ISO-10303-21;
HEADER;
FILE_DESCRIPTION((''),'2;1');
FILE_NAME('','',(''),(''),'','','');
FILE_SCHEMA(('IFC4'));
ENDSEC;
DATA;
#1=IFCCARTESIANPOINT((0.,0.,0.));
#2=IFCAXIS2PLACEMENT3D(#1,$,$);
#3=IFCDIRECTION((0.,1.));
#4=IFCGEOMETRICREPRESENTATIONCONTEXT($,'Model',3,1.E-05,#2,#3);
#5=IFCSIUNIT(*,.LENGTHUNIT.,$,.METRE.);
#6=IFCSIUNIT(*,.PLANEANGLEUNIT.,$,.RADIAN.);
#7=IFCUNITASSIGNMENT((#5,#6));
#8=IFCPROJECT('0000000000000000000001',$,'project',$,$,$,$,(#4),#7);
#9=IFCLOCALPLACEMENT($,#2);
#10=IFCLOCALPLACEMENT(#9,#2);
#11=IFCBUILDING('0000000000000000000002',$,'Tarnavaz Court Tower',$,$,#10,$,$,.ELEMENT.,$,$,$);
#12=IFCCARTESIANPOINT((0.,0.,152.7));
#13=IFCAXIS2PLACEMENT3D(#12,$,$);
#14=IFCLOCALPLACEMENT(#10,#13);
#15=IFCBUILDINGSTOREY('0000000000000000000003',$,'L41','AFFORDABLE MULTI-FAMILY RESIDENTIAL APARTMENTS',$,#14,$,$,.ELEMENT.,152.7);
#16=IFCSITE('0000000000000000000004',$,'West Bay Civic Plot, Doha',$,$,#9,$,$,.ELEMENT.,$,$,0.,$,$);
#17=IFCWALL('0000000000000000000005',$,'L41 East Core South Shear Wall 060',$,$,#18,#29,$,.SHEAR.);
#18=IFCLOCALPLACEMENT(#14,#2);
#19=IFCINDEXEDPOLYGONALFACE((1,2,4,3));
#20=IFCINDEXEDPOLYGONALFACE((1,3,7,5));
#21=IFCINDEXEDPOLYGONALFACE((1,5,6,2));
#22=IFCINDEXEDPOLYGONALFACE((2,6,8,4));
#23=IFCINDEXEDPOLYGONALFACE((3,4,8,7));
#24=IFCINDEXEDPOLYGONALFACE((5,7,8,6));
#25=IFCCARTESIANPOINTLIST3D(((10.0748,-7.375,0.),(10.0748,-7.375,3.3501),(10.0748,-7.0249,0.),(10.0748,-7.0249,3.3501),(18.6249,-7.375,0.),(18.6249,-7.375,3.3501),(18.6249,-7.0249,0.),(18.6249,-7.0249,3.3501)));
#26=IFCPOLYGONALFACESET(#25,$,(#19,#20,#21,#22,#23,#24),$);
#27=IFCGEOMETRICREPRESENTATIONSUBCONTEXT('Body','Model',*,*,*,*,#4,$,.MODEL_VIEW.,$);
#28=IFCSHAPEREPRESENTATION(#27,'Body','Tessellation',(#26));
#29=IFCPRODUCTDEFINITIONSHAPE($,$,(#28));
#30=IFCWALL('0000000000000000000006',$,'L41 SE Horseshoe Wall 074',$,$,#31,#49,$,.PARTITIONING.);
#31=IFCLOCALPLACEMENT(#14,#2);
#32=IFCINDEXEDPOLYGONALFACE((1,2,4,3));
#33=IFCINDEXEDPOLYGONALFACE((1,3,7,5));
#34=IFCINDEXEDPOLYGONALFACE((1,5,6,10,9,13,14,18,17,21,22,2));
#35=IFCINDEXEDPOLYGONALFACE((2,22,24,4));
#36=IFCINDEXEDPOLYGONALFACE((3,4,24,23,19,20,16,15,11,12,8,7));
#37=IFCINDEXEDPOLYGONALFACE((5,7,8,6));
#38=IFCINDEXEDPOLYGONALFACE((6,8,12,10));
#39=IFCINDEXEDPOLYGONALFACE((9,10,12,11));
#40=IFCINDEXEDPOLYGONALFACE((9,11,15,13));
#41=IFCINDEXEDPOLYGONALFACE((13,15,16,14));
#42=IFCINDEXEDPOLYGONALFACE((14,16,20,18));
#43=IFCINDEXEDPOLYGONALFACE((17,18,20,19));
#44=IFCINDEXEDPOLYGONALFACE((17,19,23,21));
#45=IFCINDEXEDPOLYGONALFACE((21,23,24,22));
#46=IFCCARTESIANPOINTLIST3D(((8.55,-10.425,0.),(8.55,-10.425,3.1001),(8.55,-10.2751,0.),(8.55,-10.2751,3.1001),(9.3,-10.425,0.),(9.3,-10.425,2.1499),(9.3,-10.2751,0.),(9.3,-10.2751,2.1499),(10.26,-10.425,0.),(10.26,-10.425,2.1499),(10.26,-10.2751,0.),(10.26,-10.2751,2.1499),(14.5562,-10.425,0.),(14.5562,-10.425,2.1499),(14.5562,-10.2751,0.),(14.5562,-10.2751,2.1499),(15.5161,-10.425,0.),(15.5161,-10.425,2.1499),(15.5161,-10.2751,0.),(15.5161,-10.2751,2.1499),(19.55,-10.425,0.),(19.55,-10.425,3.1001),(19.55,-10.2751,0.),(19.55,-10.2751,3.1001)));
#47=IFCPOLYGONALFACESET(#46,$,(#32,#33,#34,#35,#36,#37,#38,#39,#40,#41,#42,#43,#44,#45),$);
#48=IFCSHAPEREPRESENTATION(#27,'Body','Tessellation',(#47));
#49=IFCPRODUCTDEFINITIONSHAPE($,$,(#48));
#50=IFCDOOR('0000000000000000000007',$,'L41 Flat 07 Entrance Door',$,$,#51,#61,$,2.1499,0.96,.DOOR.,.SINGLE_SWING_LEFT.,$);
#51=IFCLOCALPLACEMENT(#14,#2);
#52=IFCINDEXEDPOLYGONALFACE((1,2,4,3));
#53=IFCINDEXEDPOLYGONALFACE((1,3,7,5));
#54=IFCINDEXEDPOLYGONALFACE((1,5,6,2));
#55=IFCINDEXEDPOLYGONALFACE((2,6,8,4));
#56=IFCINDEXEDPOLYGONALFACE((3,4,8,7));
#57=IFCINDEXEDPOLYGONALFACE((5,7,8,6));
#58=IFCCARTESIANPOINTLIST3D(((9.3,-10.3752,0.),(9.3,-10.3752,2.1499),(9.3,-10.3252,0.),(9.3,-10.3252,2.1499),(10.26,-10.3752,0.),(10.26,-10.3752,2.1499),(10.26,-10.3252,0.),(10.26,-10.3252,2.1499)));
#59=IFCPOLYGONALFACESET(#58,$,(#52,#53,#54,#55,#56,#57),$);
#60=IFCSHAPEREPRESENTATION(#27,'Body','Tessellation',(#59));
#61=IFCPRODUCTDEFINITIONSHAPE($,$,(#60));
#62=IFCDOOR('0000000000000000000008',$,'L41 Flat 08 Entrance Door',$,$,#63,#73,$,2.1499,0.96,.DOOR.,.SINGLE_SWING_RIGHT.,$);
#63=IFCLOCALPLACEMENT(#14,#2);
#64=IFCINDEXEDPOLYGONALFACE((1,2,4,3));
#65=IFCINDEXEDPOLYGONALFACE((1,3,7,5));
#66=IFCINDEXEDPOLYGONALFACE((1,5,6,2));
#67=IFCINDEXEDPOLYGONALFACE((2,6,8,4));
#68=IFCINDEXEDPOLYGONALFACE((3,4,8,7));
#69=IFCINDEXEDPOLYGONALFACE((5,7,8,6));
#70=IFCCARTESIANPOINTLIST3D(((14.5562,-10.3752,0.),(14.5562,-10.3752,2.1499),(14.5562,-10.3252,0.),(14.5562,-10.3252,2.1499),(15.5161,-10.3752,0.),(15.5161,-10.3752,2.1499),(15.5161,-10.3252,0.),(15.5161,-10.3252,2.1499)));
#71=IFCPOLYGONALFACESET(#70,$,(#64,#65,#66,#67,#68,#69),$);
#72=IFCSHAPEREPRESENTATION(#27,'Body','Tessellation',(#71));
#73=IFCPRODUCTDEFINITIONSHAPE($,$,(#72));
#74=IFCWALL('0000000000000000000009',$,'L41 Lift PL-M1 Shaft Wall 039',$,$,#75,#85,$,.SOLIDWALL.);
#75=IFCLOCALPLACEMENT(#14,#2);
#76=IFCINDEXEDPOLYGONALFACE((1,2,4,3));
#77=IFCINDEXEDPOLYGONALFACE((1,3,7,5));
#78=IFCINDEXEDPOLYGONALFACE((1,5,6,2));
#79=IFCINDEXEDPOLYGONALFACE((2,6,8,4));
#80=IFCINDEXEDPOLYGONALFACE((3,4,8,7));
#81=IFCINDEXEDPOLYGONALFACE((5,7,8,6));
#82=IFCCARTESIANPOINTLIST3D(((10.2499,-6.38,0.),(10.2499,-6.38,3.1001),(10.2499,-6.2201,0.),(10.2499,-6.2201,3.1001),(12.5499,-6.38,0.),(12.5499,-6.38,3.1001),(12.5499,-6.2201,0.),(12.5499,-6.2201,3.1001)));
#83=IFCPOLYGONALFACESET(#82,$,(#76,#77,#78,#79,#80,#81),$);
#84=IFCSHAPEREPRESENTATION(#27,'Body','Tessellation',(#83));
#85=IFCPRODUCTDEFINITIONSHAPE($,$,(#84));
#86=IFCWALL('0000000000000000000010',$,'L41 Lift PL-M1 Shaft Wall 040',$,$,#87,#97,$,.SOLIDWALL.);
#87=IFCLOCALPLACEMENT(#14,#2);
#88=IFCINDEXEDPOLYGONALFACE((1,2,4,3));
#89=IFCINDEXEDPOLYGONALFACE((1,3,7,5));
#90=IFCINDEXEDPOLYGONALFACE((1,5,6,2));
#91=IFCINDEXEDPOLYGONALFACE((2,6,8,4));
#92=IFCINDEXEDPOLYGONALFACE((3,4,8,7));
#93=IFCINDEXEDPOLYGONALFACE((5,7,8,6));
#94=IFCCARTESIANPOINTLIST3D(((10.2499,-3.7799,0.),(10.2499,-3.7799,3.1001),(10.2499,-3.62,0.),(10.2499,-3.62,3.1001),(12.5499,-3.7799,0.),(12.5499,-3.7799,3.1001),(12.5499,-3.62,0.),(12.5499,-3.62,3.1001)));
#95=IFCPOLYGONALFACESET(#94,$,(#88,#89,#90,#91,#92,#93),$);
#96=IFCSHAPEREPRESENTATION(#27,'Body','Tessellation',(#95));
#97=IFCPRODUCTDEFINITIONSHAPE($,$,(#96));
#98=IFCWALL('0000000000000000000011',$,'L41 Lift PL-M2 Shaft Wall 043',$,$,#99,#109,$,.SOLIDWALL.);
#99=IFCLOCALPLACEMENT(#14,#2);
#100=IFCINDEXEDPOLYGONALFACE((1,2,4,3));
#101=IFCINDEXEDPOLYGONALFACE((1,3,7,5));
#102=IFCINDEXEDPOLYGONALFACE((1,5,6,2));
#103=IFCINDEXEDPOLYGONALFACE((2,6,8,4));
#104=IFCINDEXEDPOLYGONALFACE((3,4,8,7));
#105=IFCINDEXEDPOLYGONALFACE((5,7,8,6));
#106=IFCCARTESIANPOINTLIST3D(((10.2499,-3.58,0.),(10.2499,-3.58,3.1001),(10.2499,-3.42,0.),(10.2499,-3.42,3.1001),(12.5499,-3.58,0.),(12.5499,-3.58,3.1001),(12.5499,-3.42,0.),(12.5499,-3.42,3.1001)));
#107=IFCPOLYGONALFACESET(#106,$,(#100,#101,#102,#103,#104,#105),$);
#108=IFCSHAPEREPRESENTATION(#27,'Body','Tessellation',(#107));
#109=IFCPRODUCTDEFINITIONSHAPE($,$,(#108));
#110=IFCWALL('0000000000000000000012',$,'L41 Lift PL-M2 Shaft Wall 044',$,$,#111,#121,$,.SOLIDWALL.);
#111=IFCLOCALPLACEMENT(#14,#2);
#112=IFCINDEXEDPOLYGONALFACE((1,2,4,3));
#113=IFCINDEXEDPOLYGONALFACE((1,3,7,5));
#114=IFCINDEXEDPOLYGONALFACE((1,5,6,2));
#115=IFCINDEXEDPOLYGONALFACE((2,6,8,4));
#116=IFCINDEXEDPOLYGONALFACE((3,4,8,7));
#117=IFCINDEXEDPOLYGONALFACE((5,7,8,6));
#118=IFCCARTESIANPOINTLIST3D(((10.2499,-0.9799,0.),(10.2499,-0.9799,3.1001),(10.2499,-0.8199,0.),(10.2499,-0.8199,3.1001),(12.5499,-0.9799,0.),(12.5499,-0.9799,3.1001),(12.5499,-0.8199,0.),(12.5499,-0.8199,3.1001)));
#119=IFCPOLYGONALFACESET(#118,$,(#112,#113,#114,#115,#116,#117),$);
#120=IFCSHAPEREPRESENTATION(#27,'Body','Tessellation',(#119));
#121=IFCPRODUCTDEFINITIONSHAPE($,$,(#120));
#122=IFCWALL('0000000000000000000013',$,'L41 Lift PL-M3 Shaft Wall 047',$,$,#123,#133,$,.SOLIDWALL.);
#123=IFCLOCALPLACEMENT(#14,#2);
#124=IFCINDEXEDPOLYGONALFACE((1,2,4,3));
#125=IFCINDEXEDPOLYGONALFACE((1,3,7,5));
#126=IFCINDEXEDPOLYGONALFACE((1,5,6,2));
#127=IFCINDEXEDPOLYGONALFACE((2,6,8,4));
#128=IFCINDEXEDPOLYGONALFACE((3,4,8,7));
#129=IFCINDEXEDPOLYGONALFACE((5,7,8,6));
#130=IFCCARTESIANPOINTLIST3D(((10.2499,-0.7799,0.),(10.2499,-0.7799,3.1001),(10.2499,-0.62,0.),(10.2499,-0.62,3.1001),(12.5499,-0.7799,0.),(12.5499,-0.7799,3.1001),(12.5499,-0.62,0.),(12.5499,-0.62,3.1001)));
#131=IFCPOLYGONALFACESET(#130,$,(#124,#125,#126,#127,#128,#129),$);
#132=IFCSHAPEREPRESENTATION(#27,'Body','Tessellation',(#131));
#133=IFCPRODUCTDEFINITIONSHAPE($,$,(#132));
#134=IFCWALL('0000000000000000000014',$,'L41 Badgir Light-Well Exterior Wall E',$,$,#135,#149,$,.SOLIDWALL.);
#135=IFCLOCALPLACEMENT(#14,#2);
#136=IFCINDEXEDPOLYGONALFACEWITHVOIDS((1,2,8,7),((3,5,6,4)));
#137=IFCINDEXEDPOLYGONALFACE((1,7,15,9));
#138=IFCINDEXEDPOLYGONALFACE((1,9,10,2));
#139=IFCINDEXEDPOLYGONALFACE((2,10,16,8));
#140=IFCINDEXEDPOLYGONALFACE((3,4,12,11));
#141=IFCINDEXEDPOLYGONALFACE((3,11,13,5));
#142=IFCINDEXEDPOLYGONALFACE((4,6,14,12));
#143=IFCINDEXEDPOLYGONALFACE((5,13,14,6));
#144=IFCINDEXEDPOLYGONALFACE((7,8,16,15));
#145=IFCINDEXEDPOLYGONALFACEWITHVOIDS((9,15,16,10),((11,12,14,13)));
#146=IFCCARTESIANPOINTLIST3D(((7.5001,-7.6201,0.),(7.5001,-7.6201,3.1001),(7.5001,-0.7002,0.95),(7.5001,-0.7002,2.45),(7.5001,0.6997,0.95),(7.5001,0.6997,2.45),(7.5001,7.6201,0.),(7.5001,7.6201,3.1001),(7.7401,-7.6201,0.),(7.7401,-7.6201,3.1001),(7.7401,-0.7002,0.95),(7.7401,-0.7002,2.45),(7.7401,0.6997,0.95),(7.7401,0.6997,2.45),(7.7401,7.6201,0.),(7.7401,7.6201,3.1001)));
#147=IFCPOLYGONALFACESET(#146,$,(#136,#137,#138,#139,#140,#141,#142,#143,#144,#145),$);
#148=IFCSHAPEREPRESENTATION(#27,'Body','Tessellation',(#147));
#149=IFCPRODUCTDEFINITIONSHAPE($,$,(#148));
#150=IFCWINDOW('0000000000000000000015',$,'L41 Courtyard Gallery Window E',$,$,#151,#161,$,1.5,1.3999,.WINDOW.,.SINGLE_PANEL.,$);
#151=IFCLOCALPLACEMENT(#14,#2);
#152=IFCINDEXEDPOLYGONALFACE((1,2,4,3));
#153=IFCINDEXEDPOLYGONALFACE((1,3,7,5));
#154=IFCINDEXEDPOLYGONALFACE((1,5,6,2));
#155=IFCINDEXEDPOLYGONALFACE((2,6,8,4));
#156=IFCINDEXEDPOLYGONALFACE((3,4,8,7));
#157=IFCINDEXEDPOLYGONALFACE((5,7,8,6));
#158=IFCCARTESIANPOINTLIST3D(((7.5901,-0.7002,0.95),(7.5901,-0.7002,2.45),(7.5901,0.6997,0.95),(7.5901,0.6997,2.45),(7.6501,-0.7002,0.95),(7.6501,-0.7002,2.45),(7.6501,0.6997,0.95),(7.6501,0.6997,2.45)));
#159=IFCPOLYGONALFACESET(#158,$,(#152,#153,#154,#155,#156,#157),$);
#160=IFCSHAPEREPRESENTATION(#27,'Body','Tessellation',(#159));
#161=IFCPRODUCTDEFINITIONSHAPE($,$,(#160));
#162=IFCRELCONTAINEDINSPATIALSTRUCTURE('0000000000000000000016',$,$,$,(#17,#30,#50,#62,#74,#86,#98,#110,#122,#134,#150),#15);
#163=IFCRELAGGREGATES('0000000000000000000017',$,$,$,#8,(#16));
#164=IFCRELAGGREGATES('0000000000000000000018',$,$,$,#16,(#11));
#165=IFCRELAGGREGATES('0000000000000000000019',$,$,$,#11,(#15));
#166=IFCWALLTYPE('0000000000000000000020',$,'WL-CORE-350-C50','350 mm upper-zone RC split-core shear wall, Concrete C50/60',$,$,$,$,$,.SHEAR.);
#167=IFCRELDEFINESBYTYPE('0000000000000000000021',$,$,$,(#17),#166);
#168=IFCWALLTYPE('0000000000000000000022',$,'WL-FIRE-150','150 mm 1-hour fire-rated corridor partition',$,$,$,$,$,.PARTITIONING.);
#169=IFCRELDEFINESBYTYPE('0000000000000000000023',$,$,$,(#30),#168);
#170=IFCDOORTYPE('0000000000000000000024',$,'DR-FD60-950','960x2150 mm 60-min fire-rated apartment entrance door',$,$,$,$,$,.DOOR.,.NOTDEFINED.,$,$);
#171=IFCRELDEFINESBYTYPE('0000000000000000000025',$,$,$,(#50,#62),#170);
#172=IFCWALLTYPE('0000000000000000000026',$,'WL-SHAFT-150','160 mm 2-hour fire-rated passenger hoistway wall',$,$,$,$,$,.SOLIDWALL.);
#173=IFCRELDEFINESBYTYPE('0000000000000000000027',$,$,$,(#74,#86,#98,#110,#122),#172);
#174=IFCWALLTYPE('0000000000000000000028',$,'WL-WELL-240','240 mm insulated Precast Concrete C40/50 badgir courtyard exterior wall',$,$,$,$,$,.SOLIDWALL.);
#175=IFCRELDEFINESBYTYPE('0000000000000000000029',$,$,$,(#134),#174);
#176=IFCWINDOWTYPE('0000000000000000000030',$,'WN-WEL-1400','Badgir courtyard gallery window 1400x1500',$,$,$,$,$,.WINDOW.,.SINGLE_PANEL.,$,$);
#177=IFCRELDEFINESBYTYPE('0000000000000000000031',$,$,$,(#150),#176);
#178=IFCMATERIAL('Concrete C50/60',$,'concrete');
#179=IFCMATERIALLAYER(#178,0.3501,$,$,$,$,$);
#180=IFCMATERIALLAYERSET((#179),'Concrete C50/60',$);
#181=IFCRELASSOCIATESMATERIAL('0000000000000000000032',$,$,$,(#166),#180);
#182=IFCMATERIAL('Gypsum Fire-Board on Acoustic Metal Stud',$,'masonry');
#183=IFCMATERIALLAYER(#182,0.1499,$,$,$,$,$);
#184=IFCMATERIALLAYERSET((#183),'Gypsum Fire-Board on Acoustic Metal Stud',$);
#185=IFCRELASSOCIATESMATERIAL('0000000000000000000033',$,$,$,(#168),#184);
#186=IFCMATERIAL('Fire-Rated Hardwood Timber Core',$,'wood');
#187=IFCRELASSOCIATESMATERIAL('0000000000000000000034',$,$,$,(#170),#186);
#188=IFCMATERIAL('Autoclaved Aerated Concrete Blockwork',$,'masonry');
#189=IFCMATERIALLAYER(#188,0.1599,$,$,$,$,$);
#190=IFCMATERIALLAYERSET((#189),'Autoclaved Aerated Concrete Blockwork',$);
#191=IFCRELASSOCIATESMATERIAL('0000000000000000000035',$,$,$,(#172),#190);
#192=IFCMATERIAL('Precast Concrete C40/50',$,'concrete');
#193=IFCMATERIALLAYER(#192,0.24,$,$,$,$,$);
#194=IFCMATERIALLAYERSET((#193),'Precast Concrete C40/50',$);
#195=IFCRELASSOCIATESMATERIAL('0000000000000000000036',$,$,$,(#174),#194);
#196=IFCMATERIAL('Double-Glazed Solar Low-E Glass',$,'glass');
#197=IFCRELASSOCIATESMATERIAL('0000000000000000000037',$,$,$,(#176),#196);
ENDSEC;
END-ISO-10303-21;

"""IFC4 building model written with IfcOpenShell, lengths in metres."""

from ifc_helpers import new_model, si_unit, direction, frame, frame_2d, origin, place, context, subcontext, project, spatial, rectangle, extrude, material, layer, layer_set, type_object, element, fill, save


model = new_model("IFC4")

# Units and contexts
model_context = context("Model", 3, precision=1e-05, world=origin(), true_north=direction((0.0, 1.0)))
body_context = subcontext(model_context, "Body", "Model", "MODEL_VIEW")
ifc_project = project(units=[si_unit("LENGTHUNIT", "METRE"), si_unit("PLANEANGLEUNIT", "RADIAN")], contexts=[model_context])

# Site, building, storey
site_placement = place(None, origin())
site = spatial("IfcSite", under=ifc_project, at=site_placement, Name="West Bay Civic Plot, Doha", CompositionType="ELEMENT", RefElevation=0.0)
building_placement = place(site_placement, origin())
building = spatial("IfcBuilding", under=site, at=building_placement, Name="Tarnavaz Court Tower", CompositionType="ELEMENT")
storey_placement = place(building_placement, frame((0.0, 0.0, 152.7)))
storey = spatial("IfcBuildingStorey", under=building, at=storey_placement, Name="L41", Description="AFFORDABLE MULTI-FAMILY RESIDENTIAL APARTMENTS", CompositionType="ELEMENT", Elevation=152.7)

# Wall
ifc_material_1 = material(Name="Concrete C50/60", Category="concrete")
ifc_layer_1 = layer(ifc_material_1, 0.3501)
ifc_layer_set_1 = layer_set([ifc_layer_1], Name="Concrete C50/60")
wall_type_1 = type_object("IfcWallType", Name="WL-CORE-350-C50", Description="350 mm upper-zone RC split-core shear wall, Concrete C50/60", PredefinedType="SHEAR", material=ifc_layer_set_1)
wall_1_placement = place(storey_placement, frame((10.075, -7.2, 0.0), z_axis=(0.0, 0.0, 1.0), x_axis=(1.0, 0.0, 0.0)))
element("IfcWall", 1, at=wall_1_placement, inside=storey, type_object=wall_type_1, Name="L41 East Core South Shear Wall 060", PredefinedType="SHEAR", context=body_context, shape_type="SweptSolid", body=[
    extrude(rectangle(XDim=8.55, YDim=0.3501, at=frame_2d((4.2749, 0.0))), origin(), (0.0, 0.0, 1.0), 3.3501),
])

# Wall, openings, doors
ifc_material_2 = material(Name="Gypsum Fire-Board on Acoustic Metal Stud", Category="masonry")
ifc_layer_2 = layer(ifc_material_2, 0.1499)
ifc_layer_set_2 = layer_set([ifc_layer_2], Name="Gypsum Fire-Board on Acoustic Metal Stud")
wall_type_2 = type_object("IfcWallType", Name="WL-FIRE-150", Description="150 mm 1-hour fire-rated corridor partition", PredefinedType="PARTITIONING", material=ifc_layer_set_2)
wall_2_placement = place(storey_placement, frame((8.55, -10.3501, 0.0), z_axis=(0.0, 0.0, 1.0), x_axis=(1.0, 0.0, 0.0)))
wall_2 = element("IfcWall", 2, at=wall_2_placement, inside=storey, type_object=wall_type_2, Name="L41 SE Horseshoe Wall 074", PredefinedType="PARTITIONING", context=body_context, shape_type="SweptSolid", body=[
    extrude(rectangle(XDim=11.0, YDim=0.1499, at=frame_2d((5.5, 0.0))), origin(), (0.0, 0.0, 1.0), 3.1001),
])
opening_1_placement = place(wall_2_placement, frame((0.75, 0.0, 0.0)))
opening_1 = element("IfcOpeningElement", 3, at=opening_1_placement, cuts=wall_2, PredefinedType="OPENING", context=body_context, shape_type="SweptSolid", body=[
    extrude(rectangle(XDim=0.96, YDim=2.1499, at=frame_2d((0.48, 1.075))), frame((0.0, 0.085, 0.0), z_axis=(0.0, -1.0, 0.0), x_axis=(1.0, 0.0, 0.0)), (0.0, 0.0, 1.0), 0.1699),
])
opening_2_placement = place(wall_2_placement, frame((6.0061, 0.0, 0.0)))
opening_2 = element("IfcOpeningElement", 4, at=opening_2_placement, cuts=wall_2, PredefinedType="OPENING", context=body_context, shape_type="SweptSolid", body=[
    extrude(rectangle(XDim=0.96, YDim=2.1499, at=frame_2d((0.48, 1.075))), frame((0.0, 0.085, 0.0), z_axis=(0.0, -1.0, 0.0), x_axis=(1.0, 0.0, 0.0)), (0.0, 0.0, 1.0), 0.1699),
])
ifc_material_3 = material(Name="Fire-Rated Hardwood Timber Core", Category="wood")
door_type_1 = type_object("IfcDoorType", Name="DR-FD60-950", Description="960x2150 mm 60-min fire-rated apartment entrance door", OperationType="NOTDEFINED", PredefinedType="DOOR", material=ifc_material_3)
door_1_placement = place(opening_1_placement, origin())
door_1 = element("IfcDoor", 5, at=door_1_placement, inside=storey, type_object=door_type_1, Name="L41 Flat 07 Entrance Door", OperationType="SINGLE_SWING_LEFT", OverallHeight=2.1499, OverallWidth=0.96, PredefinedType="DOOR", context=body_context, shape_type="SweptSolid", body=[
    extrude(rectangle(XDim=0.96, YDim=2.1499, at=frame_2d((0.48, 1.075))), frame((0.0, 0.0249, 0.0), z_axis=(0.0, -1.0, 0.0), x_axis=(1.0, 0.0, 0.0)), (0.0, 0.0, 1.0), 0.05),
])
fill(opening_1, door_1)
door_2_placement = place(opening_2_placement, origin())
door_2 = element("IfcDoor", 6, at=door_2_placement, inside=storey, type_object=door_type_1, Name="L41 Flat 08 Entrance Door", OperationType="SINGLE_SWING_RIGHT", OverallHeight=2.1499, OverallWidth=0.96, PredefinedType="DOOR", context=body_context, shape_type="SweptSolid", body=[
    extrude(rectangle(XDim=0.96, YDim=2.1499, at=frame_2d((0.48, 1.075))), frame((0.0, 0.0249, 0.0), z_axis=(0.0, -1.0, 0.0), x_axis=(1.0, 0.0, 0.0)), (0.0, 0.0, 1.0), 0.05),
])
fill(opening_2, door_2)

# Shared definitions
ifc_material_4 = material(Name="Autoclaved Aerated Concrete Blockwork", Category="masonry")
ifc_layer_3 = layer(ifc_material_4, 0.1599)
ifc_layer_set_3 = layer_set([ifc_layer_3], Name="Autoclaved Aerated Concrete Blockwork")
wall_type_3 = type_object("IfcWallType", Name="WL-SHAFT-150", Description="160 mm 2-hour fire-rated passenger hoistway wall", PredefinedType="SOLIDWALL", material=ifc_layer_set_3)

# Walls
for number, where, z_axis, x_axis, name in (
    (7, (10.25, -6.3, 0.0), (0.0, 0.0, 1.0), (1.0, 0.0, 0.0), "L41 Lift PL-M1 Shaft Wall 039"),
    (8, (10.25, -3.7, 0.0), (0.0, 0.0, 1.0), (1.0, 0.0, 0.0), "L41 Lift PL-M1 Shaft Wall 040"),
):
    element("IfcWall", number, at=place(storey_placement, frame(where, z_axis=z_axis, x_axis=x_axis)), inside=storey, type_object=wall_type_3, Name=name, PredefinedType="SOLIDWALL", context=body_context, shape_type="SweptSolid", body=[
        extrude(rectangle(XDim=2.3, YDim=0.1599, at=frame_2d((1.1499, 0.0))), origin(), (0.0, 0.0, 1.0), 3.1001),
    ])

# Walls
for number, where, z_axis, x_axis, name in (
    (9, (10.25, -3.5, 0.0), (0.0, 0.0, 1.0), (1.0, 0.0, 0.0), "L41 Lift PL-M2 Shaft Wall 043"),
    (10, (10.25, -0.8999, 0.0), (0.0, 0.0, 1.0), (1.0, 0.0, 0.0), "L41 Lift PL-M2 Shaft Wall 044"),
):
    element("IfcWall", number, at=place(storey_placement, frame(where, z_axis=z_axis, x_axis=x_axis)), inside=storey, type_object=wall_type_3, Name=name, PredefinedType="SOLIDWALL", context=body_context, shape_type="SweptSolid", body=[
        extrude(rectangle(XDim=2.3, YDim=0.1599, at=frame_2d((1.1499, 0.0))), origin(), (0.0, 0.0, 1.0), 3.1001),
    ])

# Wall
wall_3_placement = place(storey_placement, frame((10.25, -0.7, 0.0), z_axis=(0.0, 0.0, 1.0), x_axis=(1.0, 0.0, 0.0)))
element("IfcWall", 11, at=wall_3_placement, inside=storey, type_object=wall_type_3, Name="L41 Lift PL-M3 Shaft Wall 047", PredefinedType="SOLIDWALL", context=body_context, shape_type="SweptSolid", body=[
    extrude(rectangle(XDim=2.3, YDim=0.1599, at=frame_2d((1.1499, 0.0))), origin(), (0.0, 0.0, 1.0), 3.1001),
])

# Wall, opening, window
ifc_material_5 = material(Name="Precast Concrete C40/50", Category="concrete")
ifc_layer_4 = layer(ifc_material_5, 0.24)
ifc_layer_set_4 = layer_set([ifc_layer_4], Name="Precast Concrete C40/50")
wall_type_4 = type_object("IfcWallType", Name="WL-WELL-240", Description="240 mm insulated Precast Concrete C40/50 badgir courtyard exterior wall", PredefinedType="SOLIDWALL", material=ifc_layer_set_4)
wall_4_placement = place(storey_placement, frame((7.6201, -7.6201, 0.0), z_axis=(0.0, 0.0, 1.0), x_axis=(0.0, 1.0, 0.0)))
wall_4 = element("IfcWall", 12, at=wall_4_placement, inside=storey, type_object=wall_type_4, Name="L41 Badgir Light-Well Exterior Wall E", PredefinedType="SOLIDWALL", context=body_context, shape_type="SweptSolid", body=[
    extrude(rectangle(XDim=15.2402, YDim=0.24, at=frame_2d((7.6201, 0.0))), origin(), (0.0, 0.0, 1.0), 3.1001),
])
opening_3_placement = place(wall_4_placement, frame((6.9199, 0.0, 0.95)))
opening_3 = element("IfcOpeningElement", 13, at=opening_3_placement, cuts=wall_4, PredefinedType="OPENING", context=body_context, shape_type="SweptSolid", body=[
    extrude(rectangle(XDim=1.3999, YDim=1.5, at=frame_2d((0.7, 0.75))), frame((0.0, 0.1299, 0.0), z_axis=(0.0, -1.0, 0.0), x_axis=(1.0, 0.0, 0.0)), (0.0, 0.0, 1.0), 0.26),
])
ifc_material_6 = material(Name="Double-Glazed Solar Low-E Glass", Category="glass")
window_type = type_object("IfcWindowType", Name="WN-WEL-1400", Description="Badgir courtyard gallery window 1400x1500", PartitioningType="SINGLE_PANEL", PredefinedType="WINDOW", material=ifc_material_6)
window_placement = place(opening_3_placement, origin())
window = element("IfcWindow", 14, at=window_placement, inside=storey, type_object=window_type, Name="L41 Courtyard Gallery Window E", OverallHeight=1.5, OverallWidth=1.3999, PartitioningType="SINGLE_PANEL", PredefinedType="WINDOW", context=body_context, shape_type="SweptSolid", body=[
    extrude(rectangle(XDim=1.3999, YDim=1.5, at=frame_2d((0.7, 0.75))), frame((0.0, 0.03, 0.0), z_axis=(0.0, -1.0, 0.0), x_axis=(1.0, 0.0, 0.0)), (0.0, 0.0, 1.0), 0.0601),
])
fill(opening_3, window)

save(model, "model.ifc")
